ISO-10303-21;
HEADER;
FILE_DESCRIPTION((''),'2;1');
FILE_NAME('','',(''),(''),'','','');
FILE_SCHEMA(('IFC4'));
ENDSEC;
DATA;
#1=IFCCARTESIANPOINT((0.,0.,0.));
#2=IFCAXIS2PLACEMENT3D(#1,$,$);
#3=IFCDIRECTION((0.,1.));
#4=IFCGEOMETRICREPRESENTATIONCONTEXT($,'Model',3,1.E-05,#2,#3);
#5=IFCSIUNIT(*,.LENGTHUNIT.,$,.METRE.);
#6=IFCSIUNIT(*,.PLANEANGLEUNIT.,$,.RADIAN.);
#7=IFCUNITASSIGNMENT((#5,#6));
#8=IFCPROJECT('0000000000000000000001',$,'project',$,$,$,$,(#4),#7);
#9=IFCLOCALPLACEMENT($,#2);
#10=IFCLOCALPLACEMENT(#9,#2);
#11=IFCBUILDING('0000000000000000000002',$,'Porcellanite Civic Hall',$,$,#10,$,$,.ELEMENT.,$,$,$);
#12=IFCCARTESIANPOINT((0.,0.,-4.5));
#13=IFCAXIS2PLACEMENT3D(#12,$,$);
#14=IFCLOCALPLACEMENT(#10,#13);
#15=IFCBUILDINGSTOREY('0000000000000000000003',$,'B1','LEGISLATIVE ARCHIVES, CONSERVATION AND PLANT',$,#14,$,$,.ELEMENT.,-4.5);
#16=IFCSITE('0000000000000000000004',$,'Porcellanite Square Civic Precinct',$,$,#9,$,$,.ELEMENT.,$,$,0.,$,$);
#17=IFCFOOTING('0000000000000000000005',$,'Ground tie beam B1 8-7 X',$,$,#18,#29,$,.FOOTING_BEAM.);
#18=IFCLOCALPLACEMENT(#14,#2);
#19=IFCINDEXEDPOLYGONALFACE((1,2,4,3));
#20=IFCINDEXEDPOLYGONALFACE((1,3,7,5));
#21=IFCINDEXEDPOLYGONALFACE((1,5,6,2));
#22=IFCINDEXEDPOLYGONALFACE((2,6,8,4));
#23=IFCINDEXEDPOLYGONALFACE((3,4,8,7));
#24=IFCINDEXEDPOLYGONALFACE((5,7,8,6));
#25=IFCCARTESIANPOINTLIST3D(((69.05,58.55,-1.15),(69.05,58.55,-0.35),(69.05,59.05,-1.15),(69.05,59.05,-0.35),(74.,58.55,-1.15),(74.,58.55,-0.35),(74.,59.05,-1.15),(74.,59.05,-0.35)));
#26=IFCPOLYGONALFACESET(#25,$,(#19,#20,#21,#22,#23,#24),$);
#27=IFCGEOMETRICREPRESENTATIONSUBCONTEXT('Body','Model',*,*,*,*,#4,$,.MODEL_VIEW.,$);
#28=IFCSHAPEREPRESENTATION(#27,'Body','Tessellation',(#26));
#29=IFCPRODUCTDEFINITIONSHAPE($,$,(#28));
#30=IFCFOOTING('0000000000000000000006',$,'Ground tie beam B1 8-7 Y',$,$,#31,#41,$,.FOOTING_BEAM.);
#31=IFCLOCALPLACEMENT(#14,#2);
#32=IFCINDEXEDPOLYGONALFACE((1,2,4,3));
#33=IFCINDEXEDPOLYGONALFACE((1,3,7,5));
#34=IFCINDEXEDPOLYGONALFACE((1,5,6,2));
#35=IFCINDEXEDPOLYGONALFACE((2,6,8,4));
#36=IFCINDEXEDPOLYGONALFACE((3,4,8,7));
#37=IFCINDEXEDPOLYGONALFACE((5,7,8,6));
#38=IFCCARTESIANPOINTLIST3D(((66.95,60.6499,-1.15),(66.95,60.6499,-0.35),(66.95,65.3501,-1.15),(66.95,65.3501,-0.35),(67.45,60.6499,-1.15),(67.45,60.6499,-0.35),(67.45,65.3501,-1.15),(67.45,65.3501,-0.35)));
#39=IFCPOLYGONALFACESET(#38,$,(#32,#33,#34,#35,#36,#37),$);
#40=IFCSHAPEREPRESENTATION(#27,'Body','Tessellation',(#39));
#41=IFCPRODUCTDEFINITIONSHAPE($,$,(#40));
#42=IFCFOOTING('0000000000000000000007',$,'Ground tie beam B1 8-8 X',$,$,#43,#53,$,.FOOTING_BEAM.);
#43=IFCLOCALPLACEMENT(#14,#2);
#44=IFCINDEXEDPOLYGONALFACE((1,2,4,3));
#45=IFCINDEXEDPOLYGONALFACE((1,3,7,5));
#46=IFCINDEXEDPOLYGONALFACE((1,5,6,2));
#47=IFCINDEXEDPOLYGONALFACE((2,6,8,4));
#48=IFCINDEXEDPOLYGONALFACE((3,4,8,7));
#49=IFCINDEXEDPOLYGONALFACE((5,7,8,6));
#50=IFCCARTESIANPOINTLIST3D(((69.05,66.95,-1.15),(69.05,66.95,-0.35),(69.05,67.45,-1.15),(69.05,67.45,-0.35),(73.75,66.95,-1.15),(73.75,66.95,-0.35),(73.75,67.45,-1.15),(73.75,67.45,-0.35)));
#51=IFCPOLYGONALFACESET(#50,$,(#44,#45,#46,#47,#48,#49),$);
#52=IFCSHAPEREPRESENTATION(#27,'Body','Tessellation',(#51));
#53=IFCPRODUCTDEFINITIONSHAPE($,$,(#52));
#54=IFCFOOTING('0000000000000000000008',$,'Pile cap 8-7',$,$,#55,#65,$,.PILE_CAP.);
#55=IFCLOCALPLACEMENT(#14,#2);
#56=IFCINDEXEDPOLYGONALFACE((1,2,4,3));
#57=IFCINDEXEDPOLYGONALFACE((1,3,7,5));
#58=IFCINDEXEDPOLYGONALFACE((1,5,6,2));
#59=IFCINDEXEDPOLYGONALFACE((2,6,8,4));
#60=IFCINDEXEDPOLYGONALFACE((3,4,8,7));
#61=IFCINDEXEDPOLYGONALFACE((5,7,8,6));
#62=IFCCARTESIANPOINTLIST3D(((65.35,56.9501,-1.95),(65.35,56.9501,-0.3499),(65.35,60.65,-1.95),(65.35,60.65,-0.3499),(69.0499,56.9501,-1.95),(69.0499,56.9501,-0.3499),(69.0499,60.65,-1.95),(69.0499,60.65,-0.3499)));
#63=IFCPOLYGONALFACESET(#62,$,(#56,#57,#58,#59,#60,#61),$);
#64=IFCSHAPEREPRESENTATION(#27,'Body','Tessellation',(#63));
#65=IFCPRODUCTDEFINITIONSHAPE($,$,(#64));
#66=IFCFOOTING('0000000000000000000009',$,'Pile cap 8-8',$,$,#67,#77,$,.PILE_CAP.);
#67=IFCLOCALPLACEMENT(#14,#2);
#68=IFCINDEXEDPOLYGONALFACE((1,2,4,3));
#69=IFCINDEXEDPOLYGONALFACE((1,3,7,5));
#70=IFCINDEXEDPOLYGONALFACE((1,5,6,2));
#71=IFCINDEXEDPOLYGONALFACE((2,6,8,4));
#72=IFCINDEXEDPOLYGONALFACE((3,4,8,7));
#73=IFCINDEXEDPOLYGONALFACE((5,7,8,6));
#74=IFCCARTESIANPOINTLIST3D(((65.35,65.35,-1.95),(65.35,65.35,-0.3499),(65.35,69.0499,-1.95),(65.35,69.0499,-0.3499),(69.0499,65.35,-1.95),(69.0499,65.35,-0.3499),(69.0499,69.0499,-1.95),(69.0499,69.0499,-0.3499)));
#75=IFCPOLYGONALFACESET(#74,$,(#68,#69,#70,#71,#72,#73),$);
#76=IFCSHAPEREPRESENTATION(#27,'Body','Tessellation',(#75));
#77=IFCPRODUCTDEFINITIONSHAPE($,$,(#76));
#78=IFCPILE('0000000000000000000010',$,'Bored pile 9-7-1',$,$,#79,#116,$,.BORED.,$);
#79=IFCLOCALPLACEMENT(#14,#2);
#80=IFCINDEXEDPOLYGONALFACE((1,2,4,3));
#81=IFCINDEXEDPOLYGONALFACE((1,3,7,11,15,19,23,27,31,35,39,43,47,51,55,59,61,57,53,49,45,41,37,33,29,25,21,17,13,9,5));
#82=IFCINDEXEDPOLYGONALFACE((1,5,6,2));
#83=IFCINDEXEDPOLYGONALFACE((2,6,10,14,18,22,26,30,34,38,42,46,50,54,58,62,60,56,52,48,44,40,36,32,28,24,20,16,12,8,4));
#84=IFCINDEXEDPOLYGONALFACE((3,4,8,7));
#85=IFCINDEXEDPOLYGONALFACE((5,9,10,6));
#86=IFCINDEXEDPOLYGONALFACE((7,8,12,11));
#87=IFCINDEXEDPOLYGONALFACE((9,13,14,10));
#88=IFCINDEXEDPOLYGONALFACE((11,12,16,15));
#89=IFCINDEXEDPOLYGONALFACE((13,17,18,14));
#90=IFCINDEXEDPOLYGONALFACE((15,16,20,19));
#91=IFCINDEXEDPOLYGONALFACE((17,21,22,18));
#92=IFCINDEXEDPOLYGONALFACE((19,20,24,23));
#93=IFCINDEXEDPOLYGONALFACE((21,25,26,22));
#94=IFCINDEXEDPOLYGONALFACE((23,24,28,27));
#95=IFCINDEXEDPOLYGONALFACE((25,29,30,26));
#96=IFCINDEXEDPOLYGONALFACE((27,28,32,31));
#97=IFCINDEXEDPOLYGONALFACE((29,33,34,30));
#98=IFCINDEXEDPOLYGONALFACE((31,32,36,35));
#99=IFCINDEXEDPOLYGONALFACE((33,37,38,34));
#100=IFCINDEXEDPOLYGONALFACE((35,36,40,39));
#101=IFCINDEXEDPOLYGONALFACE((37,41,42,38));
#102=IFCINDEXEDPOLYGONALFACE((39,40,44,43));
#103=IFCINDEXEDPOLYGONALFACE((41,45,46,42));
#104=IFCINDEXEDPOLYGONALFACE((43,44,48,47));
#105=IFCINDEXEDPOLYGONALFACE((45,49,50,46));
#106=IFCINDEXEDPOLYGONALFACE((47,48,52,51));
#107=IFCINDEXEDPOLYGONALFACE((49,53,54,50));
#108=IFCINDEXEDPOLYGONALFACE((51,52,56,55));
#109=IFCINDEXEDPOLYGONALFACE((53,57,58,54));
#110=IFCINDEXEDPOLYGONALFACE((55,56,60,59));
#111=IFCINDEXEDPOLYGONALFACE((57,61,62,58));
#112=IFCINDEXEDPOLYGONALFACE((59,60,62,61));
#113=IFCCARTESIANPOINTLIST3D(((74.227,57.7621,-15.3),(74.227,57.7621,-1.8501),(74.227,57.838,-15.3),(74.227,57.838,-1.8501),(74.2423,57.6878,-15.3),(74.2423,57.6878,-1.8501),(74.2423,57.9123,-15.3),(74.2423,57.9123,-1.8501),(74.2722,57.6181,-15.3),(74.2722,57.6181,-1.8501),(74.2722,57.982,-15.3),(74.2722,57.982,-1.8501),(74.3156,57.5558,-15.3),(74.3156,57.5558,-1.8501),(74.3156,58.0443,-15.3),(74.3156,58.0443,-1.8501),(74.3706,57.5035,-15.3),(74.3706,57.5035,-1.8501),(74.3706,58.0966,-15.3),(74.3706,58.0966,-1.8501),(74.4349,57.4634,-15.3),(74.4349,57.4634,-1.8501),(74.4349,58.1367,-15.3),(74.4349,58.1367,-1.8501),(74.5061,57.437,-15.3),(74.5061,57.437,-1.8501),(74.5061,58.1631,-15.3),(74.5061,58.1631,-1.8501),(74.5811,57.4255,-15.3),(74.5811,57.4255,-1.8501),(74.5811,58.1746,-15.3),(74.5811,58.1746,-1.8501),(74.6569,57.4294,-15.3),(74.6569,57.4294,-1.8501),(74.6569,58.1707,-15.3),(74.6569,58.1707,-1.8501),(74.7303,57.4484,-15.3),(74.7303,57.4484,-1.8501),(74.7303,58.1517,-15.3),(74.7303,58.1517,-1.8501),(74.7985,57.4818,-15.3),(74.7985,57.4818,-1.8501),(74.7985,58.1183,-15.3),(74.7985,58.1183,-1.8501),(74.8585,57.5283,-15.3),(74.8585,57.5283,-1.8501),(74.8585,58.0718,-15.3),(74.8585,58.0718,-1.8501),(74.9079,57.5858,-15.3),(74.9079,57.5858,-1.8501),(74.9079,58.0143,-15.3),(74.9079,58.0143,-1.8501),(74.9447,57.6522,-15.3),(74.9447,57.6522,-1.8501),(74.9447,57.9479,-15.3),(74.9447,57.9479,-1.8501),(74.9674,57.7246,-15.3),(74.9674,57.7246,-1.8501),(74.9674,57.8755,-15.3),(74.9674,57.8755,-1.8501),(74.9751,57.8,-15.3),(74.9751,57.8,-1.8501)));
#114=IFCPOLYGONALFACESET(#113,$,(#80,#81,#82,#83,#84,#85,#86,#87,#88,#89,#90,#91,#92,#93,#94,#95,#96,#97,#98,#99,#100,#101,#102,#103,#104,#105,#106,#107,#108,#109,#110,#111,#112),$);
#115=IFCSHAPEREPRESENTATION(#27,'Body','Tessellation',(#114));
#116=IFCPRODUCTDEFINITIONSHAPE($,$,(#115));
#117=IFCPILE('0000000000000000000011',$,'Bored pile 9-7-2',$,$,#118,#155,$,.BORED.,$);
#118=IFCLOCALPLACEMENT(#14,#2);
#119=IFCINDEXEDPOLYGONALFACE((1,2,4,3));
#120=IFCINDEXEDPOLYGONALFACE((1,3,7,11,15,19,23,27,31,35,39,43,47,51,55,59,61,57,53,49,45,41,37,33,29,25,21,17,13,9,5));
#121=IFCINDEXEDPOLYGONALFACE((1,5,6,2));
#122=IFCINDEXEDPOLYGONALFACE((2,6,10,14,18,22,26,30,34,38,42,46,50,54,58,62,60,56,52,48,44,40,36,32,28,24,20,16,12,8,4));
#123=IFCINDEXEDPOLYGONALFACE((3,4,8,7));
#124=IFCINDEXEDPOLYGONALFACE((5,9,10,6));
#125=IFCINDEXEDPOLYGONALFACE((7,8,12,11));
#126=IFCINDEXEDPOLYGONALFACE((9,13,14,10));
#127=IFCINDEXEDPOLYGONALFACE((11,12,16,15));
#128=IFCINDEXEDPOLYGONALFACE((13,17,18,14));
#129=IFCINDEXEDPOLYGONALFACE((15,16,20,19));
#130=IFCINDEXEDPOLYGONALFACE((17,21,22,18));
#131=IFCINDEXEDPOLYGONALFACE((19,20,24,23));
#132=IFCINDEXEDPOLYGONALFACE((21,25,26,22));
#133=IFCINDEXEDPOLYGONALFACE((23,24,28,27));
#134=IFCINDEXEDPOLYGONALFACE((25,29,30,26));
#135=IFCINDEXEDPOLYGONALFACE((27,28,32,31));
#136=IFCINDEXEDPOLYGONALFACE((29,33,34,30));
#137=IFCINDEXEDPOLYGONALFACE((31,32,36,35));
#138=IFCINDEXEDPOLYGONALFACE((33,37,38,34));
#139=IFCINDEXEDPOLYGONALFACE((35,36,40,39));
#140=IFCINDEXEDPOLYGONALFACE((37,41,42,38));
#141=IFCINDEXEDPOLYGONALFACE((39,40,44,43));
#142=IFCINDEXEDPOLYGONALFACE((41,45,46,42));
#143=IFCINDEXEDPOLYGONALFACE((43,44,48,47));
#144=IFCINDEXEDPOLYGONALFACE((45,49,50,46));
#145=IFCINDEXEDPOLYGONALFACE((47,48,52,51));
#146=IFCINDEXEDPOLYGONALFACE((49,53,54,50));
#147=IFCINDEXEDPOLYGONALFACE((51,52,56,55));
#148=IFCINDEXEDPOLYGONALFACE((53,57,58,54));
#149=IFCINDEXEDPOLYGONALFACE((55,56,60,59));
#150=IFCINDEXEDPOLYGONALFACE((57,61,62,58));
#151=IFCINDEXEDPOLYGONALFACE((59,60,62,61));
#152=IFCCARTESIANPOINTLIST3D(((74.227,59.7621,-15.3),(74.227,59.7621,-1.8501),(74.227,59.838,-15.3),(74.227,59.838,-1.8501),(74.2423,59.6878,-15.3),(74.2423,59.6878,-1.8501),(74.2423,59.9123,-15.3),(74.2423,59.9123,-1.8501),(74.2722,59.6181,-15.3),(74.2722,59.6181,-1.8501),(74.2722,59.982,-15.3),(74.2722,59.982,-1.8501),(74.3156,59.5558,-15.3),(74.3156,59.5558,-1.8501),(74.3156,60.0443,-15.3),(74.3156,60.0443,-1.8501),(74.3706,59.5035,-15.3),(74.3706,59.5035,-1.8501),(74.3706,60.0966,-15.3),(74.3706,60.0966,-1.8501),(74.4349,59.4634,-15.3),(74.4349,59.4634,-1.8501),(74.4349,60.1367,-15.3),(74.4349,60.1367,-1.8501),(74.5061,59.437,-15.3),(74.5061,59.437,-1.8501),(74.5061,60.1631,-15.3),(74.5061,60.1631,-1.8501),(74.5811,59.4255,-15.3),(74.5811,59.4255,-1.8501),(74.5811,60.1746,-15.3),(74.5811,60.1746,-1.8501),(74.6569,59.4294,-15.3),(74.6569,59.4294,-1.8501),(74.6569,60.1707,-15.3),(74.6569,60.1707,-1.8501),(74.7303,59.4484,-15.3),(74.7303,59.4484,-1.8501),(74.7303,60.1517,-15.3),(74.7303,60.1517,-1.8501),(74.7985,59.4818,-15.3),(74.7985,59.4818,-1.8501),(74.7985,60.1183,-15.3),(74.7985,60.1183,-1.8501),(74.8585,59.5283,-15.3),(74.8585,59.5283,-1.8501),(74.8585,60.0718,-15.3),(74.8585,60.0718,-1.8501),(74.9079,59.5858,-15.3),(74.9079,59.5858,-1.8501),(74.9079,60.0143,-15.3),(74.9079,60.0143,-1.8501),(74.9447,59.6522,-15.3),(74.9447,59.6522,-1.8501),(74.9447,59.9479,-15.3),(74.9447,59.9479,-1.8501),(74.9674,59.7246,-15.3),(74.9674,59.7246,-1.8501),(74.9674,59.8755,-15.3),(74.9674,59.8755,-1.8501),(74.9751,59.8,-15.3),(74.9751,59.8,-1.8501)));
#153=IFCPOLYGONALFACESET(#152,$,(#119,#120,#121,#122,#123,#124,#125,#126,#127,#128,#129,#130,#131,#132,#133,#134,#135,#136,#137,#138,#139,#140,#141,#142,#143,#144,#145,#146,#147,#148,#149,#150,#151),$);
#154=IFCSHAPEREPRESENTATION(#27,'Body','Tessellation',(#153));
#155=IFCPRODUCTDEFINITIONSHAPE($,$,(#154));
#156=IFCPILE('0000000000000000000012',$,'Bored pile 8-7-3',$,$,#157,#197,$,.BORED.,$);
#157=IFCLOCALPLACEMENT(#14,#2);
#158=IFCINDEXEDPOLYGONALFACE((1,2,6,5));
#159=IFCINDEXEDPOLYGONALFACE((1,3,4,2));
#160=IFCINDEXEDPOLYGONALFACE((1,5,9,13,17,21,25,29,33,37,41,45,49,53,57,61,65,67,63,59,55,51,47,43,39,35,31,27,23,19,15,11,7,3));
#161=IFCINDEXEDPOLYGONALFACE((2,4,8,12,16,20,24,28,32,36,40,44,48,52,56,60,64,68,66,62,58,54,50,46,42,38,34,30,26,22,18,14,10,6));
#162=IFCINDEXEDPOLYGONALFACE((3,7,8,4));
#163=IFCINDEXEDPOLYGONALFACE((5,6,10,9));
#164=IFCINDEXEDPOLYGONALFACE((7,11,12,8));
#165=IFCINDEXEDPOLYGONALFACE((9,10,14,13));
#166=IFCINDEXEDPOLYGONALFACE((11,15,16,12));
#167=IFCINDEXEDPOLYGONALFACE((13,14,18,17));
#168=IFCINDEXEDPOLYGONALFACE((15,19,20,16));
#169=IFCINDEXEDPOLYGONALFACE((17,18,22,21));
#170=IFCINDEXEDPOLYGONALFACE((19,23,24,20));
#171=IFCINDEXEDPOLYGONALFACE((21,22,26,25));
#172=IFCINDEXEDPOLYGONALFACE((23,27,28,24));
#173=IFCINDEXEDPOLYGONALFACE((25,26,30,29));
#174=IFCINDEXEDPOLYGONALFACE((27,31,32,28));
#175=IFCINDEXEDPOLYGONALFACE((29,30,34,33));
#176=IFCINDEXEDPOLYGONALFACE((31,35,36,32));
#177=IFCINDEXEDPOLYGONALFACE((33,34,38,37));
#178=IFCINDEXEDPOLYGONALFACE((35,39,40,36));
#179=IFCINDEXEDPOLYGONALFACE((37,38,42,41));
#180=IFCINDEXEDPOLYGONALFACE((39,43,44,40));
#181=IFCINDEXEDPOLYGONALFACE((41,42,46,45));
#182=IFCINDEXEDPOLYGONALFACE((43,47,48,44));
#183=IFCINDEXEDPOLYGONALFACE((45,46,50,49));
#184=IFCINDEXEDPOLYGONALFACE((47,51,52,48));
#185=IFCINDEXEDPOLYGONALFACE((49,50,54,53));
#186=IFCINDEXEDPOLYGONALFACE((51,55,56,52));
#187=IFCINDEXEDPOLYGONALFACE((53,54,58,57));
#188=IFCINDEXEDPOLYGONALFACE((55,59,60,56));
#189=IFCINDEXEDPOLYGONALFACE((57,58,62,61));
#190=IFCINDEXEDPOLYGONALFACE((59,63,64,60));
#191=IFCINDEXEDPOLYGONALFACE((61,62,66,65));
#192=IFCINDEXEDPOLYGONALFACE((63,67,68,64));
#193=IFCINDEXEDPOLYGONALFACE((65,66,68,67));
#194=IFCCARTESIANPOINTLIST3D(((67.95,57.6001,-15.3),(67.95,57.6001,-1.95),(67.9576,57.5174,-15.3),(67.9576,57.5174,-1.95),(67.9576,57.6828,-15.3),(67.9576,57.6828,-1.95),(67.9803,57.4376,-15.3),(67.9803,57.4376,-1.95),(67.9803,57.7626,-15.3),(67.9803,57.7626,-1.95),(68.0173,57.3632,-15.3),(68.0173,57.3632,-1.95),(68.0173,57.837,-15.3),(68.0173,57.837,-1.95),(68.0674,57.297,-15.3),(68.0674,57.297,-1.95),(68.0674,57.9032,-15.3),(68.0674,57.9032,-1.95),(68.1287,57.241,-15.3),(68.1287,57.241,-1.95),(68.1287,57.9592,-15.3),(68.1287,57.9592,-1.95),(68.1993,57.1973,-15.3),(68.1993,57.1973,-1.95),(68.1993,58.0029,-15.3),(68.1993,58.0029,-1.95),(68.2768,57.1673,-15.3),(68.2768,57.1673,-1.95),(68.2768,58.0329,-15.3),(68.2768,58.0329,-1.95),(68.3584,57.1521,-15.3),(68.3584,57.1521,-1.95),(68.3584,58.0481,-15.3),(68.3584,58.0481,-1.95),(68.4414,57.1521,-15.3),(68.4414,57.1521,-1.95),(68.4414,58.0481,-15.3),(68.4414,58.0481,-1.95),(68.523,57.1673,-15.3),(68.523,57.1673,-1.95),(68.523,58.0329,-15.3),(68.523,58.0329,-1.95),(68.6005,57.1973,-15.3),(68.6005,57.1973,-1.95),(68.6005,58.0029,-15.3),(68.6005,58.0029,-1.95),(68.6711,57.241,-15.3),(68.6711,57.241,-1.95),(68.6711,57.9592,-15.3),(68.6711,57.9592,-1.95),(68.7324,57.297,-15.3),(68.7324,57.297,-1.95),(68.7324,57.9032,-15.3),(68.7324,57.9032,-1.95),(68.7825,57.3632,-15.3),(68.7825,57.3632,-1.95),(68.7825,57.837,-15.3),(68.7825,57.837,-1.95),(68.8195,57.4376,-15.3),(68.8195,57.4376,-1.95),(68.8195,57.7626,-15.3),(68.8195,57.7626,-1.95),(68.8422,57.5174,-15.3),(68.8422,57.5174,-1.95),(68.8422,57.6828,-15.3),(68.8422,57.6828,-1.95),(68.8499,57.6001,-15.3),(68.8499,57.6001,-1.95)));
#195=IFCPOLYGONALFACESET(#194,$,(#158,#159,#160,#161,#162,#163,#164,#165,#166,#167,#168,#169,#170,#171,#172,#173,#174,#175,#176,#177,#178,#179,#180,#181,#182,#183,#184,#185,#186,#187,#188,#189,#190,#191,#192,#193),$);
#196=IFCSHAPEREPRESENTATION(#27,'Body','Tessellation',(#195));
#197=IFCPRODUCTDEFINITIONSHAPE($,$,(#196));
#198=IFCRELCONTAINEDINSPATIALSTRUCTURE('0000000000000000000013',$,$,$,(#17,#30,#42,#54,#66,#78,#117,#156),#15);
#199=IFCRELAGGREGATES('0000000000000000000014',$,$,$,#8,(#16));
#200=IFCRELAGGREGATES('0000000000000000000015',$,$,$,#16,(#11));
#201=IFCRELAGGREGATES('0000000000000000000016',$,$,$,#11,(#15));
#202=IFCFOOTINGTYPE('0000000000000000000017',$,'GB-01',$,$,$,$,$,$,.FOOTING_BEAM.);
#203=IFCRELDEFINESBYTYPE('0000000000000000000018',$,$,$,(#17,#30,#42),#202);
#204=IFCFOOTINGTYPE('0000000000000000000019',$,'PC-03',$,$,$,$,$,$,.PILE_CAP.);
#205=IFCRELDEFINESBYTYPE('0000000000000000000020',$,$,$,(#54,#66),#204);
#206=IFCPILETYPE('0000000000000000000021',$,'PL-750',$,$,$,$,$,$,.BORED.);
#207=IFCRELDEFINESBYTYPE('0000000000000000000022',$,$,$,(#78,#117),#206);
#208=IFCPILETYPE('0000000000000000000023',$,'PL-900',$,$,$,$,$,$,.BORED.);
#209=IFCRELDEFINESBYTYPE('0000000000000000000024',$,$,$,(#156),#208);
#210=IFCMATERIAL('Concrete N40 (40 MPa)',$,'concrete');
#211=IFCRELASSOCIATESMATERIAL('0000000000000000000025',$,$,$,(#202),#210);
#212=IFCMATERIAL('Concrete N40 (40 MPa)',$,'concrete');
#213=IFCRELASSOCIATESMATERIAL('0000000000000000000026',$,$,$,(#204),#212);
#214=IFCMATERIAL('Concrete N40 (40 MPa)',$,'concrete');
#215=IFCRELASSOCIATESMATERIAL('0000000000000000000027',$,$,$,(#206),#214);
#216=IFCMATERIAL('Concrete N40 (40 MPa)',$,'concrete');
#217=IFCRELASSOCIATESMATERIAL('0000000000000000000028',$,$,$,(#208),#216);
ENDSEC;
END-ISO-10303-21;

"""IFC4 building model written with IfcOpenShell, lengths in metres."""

from ifc_helpers import new_model, si_unit, direction, frame, origin, origin_2d, place, context, subcontext, project, spatial, rectangle, circle, extrude, material, material_profile, profile_set, type_object, element, save


model = new_model("IFC4")

# Units and contexts
model_context = context("Model", 3, precision=1e-05, world=origin(), true_north=direction((0.0, 1.0)))
body_context = subcontext(model_context, "Body", "Model", "MODEL_VIEW")
ifc_project = project(units=[si_unit("LENGTHUNIT", "METRE"), si_unit("PLANEANGLEUNIT", "RADIAN")], contexts=[model_context])

# Site, building, storey
site_placement = place(None, origin())
site = spatial("IfcSite", under=ifc_project, at=site_placement, Name="Porcellanite Square Civic Precinct", CompositionType="ELEMENT", RefElevation=0.0)
building_placement = place(site_placement, origin())
building = spatial("IfcBuilding", under=site, at=building_placement, Name="Porcellanite Civic Hall", CompositionType="ELEMENT")
storey_placement = place(building_placement, frame((0.0, 0.0, -4.5)))
storey = spatial("IfcBuildingStorey", under=building, at=storey_placement, Name="B1", Description="LEGISLATIVE ARCHIVES, CONSERVATION AND PLANT", CompositionType="ELEMENT", Elevation=-4.5)

# Footings
ifc_material_1 = material(Name="Concrete N40 (40 MPa)", Category="concrete")
ifc_material_profile_1 = material_profile(ifc_material_1, rectangle(XDim=0.5, YDim=0.8, at=origin_2d()), Name="RC-500x800")
ifc_profile_set_1 = profile_set([ifc_material_profile_1], Name="Concrete N40 (40 MPa)")
footing_type_1 = type_object("IfcFootingType", Name="GB-01", PredefinedType="FOOTING_BEAM", material=ifc_profile_set_1)
footing_1_placement = place(storey_placement, frame((69.05, 58.8, -0.75), z_axis=(1.0, 0.0, 0.0), x_axis=(0.0, 1.0, 0.0)))
element("IfcFooting", 1, at=footing_1_placement, inside=storey, type_object=footing_type_1, Name="Ground tie beam B1 8-7 X", PredefinedType="FOOTING_BEAM", context=body_context, shape_type="SweptSolid", body=[
    extrude(rectangle(XDim=0.5, YDim=0.8, at=origin_2d()), origin(), (0.0, 0.0, 1.0), 4.95),
])
footing_2_placement = place(storey_placement, frame((67.2, 60.6499, -0.75), z_axis=(0.0, 1.0, 0.0), x_axis=(-1.0, 0.0, 0.0)))
element("IfcFooting", 2, at=footing_2_placement, inside=storey, type_object=footing_type_1, Name="Ground tie beam B1 8-7 Y", PredefinedType="FOOTING_BEAM", context=body_context, shape_type="SweptSolid", body=[
    extrude(rectangle(XDim=0.5, YDim=0.8, at=origin_2d()), origin(), (0.0, 0.0, 1.0), 4.7002),
])
footing_3_placement = place(storey_placement, frame((69.05, 67.2, -0.75), z_axis=(1.0, 0.0, 0.0), x_axis=(0.0, 1.0, 0.0)))
element("IfcFooting", 3, at=footing_3_placement, inside=storey, type_object=footing_type_1, Name="Ground tie beam B1 8-8 X", PredefinedType="FOOTING_BEAM", context=body_context, shape_type="SweptSolid", body=[
    extrude(rectangle(XDim=0.5, YDim=0.8, at=origin_2d()), origin(), (0.0, 0.0, 1.0), 4.7),
])
ifc_material_2 = material(Name="Concrete N40 (40 MPa)", Category="concrete")
footing_type_2 = type_object("IfcFootingType", Name="PC-03", PredefinedType="PILE_CAP", material=ifc_material_2)
for number, where, z_axis, x_axis, name in (
    (4, (67.2, 58.8, -1.95), (0.0, 0.0, 1.0), (1.0, 0.0, 0.0), "Pile cap 8-7"),
    (5, (67.2, 67.2, -1.95), (0.0, 0.0, 1.0), (1.0, 0.0, 0.0), "Pile cap 8-8"),
):
    element("IfcFooting", number, at=place(storey_placement, frame(where, z_axis=z_axis, x_axis=x_axis)), inside=storey, type_object=footing_type_2, Name=name, PredefinedType="PILE_CAP", context=body_context, shape_type="SweptSolid", body=[
        extrude(rectangle(XDim=3.7, YDim=3.7, at=origin_2d()), origin(), (0.0, 0.0, 1.0), 1.6001),
    ])

# Piles
ifc_material_3 = material(Name="Concrete N40 (40 MPa)", Category="concrete")
ifc_material_profile_2 = material_profile(ifc_material_3, circle(Radius=0.375, at=origin_2d()), Name="PILE-D750")
ifc_profile_set_2 = profile_set([ifc_material_profile_2], Name="Concrete N40 (40 MPa)")
pile_type_1 = type_object("IfcPileType", Name="PL-750", PredefinedType="BORED", material=ifc_profile_set_2)
for number, where, z_axis, x_axis, name in (
    (6, (74.6001, 57.8, -1.8501), (0.0, 0.0, -1.0), (1.0, 0.0, 0.0), "Bored pile 9-7-1"),
    (7, (74.6001, 59.8, -1.8501), (0.0, 0.0, -1.0), (1.0, 0.0, 0.0), "Bored pile 9-7-2"),
):
    element("IfcPile", number, at=place(storey_placement, frame(where, z_axis=z_axis, x_axis=x_axis)), inside=storey, type_object=pile_type_1, Name=name, PredefinedType="BORED", context=body_context, shape_type="SweptSolid", body=[
        extrude(circle(Radius=0.375, at=origin_2d()), origin(), (0.0, 0.0, 1.0), 13.45),
    ])
ifc_material_4 = material(Name="Concrete N40 (40 MPa)", Category="concrete")
ifc_material_profile_3 = material_profile(ifc_material_4, circle(Radius=0.45, at=origin_2d()), Name="PILE-D900")
ifc_profile_set_3 = profile_set([ifc_material_profile_3], Name="Concrete N40 (40 MPa)")
pile_type_2 = type_object("IfcPileType", Name="PL-900", PredefinedType="BORED", material=ifc_profile_set_3)
for number, where, z_axis, x_axis, name in (
    (8, (68.3999, 57.6001, -1.95), (0.0, 0.0, -1.0), (1.0, 0.0, 0.0), "Bored pile 8-7-3"),
):
    element("IfcPile", number, at=place(storey_placement, frame(where, z_axis=z_axis, x_axis=x_axis)), inside=storey, type_object=pile_type_2, Name=name, PredefinedType="BORED", context=body_context, shape_type="SweptSolid", body=[
        extrude(circle(Radius=0.45, at=origin_2d()), origin(), (0.0, 0.0, 1.0), 13.3501),
    ])

save(model, "model.ifc")
